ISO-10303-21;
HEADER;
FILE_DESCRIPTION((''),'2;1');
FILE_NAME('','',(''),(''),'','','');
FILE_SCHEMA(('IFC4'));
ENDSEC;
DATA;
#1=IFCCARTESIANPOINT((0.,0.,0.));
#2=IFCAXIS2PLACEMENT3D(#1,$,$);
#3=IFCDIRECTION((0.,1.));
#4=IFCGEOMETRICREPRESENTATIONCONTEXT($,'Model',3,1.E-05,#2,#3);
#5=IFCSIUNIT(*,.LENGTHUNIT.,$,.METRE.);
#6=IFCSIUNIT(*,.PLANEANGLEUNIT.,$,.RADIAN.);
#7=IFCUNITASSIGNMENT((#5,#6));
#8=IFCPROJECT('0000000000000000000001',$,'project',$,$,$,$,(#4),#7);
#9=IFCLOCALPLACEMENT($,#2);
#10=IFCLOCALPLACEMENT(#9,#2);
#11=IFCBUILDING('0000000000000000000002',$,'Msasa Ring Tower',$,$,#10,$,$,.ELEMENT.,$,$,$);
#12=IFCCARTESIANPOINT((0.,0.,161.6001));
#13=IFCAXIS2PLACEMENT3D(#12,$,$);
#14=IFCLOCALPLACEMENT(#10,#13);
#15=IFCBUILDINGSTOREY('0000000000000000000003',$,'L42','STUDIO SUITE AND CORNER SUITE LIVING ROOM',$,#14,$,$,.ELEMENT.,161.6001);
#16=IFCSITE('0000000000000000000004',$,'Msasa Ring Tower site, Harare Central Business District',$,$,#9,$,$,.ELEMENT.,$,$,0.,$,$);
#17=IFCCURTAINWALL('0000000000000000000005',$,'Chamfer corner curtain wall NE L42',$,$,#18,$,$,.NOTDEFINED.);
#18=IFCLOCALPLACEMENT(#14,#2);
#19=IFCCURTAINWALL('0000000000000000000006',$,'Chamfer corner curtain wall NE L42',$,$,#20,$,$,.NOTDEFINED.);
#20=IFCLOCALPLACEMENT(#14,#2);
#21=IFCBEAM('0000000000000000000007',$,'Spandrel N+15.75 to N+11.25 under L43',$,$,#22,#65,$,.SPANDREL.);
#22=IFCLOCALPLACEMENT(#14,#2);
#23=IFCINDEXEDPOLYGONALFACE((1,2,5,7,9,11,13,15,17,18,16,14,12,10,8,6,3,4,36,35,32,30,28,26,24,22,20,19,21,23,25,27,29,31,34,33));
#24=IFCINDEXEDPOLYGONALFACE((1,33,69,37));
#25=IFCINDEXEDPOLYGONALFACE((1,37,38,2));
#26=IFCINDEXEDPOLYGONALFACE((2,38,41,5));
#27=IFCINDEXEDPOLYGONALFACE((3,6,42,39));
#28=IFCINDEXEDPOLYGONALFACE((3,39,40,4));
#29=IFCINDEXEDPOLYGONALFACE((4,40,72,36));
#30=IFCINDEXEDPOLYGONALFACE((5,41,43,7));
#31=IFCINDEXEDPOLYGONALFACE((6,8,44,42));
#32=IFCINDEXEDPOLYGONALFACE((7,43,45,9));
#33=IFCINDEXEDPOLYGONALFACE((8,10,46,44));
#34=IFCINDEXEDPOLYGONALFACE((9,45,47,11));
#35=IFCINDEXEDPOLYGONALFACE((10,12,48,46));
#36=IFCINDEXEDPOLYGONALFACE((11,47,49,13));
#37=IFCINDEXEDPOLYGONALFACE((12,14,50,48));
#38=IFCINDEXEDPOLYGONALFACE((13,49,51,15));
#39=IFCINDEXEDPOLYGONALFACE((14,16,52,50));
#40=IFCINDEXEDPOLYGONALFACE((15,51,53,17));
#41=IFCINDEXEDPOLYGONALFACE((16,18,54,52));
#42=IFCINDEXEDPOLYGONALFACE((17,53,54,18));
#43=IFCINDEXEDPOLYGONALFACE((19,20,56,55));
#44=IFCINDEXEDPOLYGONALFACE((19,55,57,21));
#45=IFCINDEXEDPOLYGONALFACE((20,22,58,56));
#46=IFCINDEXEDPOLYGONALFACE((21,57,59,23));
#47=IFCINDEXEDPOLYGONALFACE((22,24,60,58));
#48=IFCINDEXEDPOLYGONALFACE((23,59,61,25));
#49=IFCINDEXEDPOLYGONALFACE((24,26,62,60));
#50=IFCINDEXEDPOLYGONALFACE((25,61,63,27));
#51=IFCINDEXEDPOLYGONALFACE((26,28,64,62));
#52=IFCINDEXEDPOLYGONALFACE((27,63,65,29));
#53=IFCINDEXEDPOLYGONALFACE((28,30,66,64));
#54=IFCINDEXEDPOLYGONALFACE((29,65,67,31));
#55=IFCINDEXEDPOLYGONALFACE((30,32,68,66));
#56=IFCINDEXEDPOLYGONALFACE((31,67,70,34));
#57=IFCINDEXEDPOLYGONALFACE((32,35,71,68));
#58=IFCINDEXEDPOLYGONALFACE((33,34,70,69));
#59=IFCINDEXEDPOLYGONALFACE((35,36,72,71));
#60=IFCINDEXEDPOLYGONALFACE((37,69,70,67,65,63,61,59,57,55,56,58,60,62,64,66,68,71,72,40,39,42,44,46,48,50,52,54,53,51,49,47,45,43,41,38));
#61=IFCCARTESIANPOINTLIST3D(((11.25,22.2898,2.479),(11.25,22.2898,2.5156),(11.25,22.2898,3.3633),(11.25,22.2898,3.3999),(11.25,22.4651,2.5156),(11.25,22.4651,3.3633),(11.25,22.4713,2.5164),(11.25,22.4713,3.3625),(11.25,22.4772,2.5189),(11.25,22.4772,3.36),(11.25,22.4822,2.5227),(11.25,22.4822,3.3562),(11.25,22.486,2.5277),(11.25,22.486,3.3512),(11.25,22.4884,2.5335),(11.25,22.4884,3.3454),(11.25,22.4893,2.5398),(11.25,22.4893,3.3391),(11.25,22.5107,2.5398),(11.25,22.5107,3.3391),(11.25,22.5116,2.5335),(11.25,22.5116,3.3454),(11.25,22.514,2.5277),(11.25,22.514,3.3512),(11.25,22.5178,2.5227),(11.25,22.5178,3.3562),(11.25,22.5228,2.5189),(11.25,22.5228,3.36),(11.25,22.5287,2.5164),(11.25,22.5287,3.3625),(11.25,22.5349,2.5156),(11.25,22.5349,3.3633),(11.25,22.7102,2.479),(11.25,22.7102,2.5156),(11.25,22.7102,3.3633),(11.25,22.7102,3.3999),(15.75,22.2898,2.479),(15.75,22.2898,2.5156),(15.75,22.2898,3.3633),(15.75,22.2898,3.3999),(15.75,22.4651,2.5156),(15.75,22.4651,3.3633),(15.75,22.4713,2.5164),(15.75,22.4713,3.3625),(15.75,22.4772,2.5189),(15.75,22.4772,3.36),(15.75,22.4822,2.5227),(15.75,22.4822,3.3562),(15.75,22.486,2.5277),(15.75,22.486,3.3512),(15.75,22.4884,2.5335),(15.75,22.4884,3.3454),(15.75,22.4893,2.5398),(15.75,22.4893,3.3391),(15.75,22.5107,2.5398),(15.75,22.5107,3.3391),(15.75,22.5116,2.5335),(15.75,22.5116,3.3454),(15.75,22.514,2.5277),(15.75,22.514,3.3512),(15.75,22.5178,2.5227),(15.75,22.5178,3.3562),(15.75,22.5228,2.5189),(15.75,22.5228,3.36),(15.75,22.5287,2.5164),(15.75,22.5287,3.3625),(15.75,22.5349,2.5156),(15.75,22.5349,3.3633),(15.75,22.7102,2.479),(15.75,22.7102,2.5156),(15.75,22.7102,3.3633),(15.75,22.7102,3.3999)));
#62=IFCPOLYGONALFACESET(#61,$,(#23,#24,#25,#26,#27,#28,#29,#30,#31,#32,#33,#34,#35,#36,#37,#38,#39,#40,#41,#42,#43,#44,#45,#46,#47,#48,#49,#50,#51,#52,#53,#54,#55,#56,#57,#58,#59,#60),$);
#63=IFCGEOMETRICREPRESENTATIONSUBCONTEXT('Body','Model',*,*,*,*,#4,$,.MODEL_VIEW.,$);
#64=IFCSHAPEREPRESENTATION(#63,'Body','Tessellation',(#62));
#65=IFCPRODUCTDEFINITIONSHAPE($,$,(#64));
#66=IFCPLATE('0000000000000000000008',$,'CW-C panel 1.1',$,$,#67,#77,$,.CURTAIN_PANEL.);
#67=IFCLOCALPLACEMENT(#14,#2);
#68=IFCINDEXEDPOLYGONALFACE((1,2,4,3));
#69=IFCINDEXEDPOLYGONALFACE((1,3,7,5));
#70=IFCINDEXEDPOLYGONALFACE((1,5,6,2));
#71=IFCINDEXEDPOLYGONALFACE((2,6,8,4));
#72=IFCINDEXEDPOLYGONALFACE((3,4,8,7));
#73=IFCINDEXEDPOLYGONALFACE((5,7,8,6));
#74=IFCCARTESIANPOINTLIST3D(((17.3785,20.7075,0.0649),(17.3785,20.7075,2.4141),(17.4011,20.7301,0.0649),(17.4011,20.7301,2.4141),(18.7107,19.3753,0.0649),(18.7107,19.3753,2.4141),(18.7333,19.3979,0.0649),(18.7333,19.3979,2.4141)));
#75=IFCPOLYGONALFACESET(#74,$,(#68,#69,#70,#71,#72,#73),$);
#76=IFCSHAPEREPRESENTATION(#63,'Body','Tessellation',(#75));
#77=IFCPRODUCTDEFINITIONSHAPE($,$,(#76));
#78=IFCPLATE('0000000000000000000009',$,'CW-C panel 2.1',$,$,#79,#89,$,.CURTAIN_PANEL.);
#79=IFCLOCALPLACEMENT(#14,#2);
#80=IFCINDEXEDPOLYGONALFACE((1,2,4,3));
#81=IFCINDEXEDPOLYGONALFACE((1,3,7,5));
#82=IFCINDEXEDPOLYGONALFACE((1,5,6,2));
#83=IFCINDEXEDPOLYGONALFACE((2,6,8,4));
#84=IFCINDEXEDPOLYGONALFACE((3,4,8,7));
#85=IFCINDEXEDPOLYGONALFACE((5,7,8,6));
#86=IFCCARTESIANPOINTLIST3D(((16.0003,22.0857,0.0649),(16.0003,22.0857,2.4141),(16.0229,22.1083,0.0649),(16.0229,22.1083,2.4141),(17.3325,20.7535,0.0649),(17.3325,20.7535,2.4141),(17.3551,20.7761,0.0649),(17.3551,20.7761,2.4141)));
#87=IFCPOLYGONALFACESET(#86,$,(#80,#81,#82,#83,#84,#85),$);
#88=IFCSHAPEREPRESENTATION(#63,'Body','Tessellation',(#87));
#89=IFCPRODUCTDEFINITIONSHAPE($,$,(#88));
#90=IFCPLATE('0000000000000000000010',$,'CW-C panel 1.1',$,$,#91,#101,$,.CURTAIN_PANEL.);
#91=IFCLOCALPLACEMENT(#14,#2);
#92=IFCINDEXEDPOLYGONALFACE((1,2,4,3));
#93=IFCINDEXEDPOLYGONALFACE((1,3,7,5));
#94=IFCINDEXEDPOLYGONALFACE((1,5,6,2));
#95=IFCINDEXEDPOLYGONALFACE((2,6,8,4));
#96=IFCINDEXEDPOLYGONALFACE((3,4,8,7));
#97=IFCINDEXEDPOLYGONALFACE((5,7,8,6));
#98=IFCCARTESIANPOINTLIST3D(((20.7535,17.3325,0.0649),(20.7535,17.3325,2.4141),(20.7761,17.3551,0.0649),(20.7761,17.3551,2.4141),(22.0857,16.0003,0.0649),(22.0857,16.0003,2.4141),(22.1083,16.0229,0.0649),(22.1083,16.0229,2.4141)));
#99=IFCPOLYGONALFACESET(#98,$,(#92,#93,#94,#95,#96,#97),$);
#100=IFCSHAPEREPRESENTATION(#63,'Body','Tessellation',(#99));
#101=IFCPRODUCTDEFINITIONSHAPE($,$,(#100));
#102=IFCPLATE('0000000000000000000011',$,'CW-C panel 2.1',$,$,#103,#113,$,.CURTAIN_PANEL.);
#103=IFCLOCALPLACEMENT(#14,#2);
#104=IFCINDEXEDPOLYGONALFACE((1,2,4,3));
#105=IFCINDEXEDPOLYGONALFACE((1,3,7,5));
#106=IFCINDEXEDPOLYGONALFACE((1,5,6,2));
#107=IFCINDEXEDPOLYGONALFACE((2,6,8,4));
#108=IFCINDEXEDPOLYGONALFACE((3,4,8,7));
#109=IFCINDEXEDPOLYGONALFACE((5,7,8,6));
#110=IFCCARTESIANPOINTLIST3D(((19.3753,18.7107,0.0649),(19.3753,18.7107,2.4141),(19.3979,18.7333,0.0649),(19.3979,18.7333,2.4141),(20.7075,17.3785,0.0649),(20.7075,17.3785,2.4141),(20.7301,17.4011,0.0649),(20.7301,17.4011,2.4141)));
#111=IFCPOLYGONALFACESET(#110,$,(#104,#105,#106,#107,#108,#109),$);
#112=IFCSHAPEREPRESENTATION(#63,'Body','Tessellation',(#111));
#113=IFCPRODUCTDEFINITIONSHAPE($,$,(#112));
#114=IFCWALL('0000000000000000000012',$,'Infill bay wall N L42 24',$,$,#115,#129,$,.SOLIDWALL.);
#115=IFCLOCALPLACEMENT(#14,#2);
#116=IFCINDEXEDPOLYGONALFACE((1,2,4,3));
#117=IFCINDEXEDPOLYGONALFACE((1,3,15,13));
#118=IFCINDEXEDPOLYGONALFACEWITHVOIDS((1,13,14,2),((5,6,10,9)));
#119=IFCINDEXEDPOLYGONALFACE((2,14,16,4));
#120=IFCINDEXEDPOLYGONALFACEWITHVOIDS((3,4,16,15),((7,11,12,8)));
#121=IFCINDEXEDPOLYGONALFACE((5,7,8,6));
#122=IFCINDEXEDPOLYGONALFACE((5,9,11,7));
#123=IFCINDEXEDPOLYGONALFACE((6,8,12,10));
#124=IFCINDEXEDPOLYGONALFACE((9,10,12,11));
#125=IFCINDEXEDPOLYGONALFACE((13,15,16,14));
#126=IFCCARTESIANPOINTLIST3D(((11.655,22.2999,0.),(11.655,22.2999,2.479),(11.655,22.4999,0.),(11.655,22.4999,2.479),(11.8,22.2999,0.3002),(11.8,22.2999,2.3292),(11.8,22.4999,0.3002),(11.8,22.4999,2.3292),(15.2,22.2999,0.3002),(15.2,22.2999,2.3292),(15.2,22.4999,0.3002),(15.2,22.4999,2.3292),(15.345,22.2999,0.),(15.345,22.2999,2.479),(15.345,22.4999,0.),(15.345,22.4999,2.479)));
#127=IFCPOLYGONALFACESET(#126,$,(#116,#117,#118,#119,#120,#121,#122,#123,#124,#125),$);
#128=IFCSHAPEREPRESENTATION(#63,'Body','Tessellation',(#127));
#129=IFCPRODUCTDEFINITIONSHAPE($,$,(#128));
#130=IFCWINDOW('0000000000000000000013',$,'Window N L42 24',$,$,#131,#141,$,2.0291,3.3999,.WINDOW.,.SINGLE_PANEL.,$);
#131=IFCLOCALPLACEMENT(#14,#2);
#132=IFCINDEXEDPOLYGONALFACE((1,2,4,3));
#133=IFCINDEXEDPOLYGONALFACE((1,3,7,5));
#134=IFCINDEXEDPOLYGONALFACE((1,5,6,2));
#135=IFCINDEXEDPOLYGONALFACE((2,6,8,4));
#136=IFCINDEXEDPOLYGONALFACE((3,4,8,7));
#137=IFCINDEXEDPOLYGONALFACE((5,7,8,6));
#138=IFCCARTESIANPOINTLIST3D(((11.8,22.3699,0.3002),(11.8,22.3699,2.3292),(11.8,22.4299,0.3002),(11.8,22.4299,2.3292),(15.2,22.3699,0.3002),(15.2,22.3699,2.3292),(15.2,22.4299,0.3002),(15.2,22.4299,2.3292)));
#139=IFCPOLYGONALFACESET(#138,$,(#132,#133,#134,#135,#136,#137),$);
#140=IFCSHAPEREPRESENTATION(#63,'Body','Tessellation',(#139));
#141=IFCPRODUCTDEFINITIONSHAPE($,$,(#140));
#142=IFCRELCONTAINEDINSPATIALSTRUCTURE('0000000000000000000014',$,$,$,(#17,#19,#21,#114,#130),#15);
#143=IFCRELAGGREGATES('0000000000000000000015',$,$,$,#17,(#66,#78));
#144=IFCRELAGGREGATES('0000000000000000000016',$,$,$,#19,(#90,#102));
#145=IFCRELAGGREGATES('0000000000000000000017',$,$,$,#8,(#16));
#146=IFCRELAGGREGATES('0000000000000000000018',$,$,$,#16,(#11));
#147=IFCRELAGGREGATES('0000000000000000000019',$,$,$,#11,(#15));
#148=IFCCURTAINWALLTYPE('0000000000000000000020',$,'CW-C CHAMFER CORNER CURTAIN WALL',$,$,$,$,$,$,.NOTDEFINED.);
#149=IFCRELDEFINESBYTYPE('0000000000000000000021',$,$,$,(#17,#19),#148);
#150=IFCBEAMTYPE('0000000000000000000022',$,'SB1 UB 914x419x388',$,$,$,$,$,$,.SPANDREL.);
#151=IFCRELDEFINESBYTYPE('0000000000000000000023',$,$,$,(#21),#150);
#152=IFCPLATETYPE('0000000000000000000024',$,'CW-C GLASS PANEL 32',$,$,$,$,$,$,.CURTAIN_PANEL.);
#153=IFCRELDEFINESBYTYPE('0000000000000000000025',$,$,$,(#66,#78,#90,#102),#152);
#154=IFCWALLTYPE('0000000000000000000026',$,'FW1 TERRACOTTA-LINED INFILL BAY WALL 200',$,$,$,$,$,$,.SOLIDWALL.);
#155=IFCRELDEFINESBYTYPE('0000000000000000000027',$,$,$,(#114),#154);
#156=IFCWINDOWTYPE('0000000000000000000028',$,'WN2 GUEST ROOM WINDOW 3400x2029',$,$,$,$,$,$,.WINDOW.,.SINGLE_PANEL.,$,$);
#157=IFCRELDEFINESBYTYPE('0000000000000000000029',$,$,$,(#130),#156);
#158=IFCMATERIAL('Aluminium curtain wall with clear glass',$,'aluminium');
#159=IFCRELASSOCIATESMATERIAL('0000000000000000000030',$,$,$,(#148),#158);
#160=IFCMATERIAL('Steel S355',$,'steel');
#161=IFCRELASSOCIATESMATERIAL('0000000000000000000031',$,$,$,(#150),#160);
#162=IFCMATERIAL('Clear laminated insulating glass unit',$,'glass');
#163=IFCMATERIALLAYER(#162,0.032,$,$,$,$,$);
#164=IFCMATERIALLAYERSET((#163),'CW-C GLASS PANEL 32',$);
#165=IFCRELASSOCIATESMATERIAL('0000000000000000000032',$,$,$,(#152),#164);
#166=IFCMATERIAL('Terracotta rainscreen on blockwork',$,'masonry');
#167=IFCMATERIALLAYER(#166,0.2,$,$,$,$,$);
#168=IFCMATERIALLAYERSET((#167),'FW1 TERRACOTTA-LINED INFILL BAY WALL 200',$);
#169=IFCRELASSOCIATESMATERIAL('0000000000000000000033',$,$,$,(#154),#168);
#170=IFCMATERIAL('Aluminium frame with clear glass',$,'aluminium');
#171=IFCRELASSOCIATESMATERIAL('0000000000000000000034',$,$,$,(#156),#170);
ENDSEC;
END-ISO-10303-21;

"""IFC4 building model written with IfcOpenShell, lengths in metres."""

from ifc_helpers import new_model, si_unit, direction, frame, frame_2d, origin, origin_2d, place, context, subcontext, project, spatial, rectangle, i_section, extrude, material, layer, layer_set, material_profile, profile_set, type_object, element, fill, aggregate, save


model = new_model("IFC4")

# Units and contexts
model_context = context("Model", 3, precision=1e-05, world=origin(), true_north=direction((0.0, 1.0)))
body_context = subcontext(model_context, "Body", "Model", "MODEL_VIEW")
ifc_project = project(units=[si_unit("LENGTHUNIT", "METRE"), si_unit("PLANEANGLEUNIT", "RADIAN")], contexts=[model_context])

# Site, building, storey
site_placement = place(None, origin())
site = spatial("IfcSite", under=ifc_project, at=site_placement, Name="Msasa Ring Tower site, Harare Central Business District", CompositionType="ELEMENT", RefElevation=0.0)
building_placement = place(site_placement, origin())
building = spatial("IfcBuilding", under=site, at=building_placement, Name="Msasa Ring Tower", CompositionType="ELEMENT")
storey_placement = place(building_placement, frame((0.0, 0.0, 161.6001)))
storey = spatial("IfcBuildingStorey", under=building, at=storey_placement, Name="L42", Description="STUDIO SUITE AND CORNER SUITE LIVING ROOM", CompositionType="ELEMENT", Elevation=161.6001)

# Curtain walls
ifc_material_1 = material(Name="Aluminium curtain wall with clear glass", Category="aluminium")
curtain_wall_type = type_object("IfcCurtainWallType", Name="CW-C CHAMFER CORNER CURTAIN WALL", PredefinedType="NOTDEFINED", material=ifc_material_1)
curtain_wall_1_placement = place(storey_placement, origin())
curtain_wall_1 = element("IfcCurtainWall", 1, at=curtain_wall_1_placement, inside=storey, type_object=curtain_wall_type, Name="Chamfer corner curtain wall NE L42", PredefinedType="NOTDEFINED")
curtain_wall_2_placement = place(storey_placement, origin())
curtain_wall_2 = element("IfcCurtainWall", 2, at=curtain_wall_2_placement, inside=storey, type_object=curtain_wall_type, Name="Chamfer corner curtain wall NE L42", PredefinedType="NOTDEFINED")

# Beam
ifc_material_2 = material(Name="Steel S355", Category="steel")
ifc_material_profile_1 = material_profile(ifc_material_2, i_section(OverallWidth=0.4204, OverallDepth=0.9209, WebThickness=0.0215, FlangeThickness=0.0366, FilletRadius=0.0242, at=origin_2d()), Name="UB 914x419x388")
ifc_profile_set_1 = profile_set([ifc_material_profile_1], Name="Steel S355")
beam_type_1 = type_object("IfcBeamType", Name="SB1 UB 914x419x388", PredefinedType="SPANDREL", material=ifc_profile_set_1)
beam_1_placement = place(storey_placement, frame((15.75, 22.5, 2.9395), z_axis=(-1.0, 0.0, 0.0), x_axis=(0.0, -1.0, 0.0)))
element("IfcBeam", 3, at=beam_1_placement, inside=storey, type_object=beam_type_1, Name="Spandrel N+15.75 to N+11.25 under L43", PredefinedType="SPANDREL", context=body_context, shape_type="SweptSolid", body=[
    extrude(i_section(OverallWidth=0.4204, OverallDepth=0.9209, WebThickness=0.0215, FlangeThickness=0.0366, FilletRadius=0.0242, at=origin_2d()), origin(), (0.0, 0.0, 1.0), 4.5),
])

# Plates
ifc_material_3 = material(Name="Clear laminated insulating glass unit", Category="glass")
ifc_layer_1 = layer(ifc_material_3, 0.032)
ifc_layer_set_1 = layer_set([ifc_layer_1], Name="CW-C GLASS PANEL 32")
plate_type = type_object("IfcPlateType", Name="CW-C GLASS PANEL 32", PredefinedType="CURTAIN_PANEL", material=ifc_layer_set_1)
plate_1_placement = place(storey_placement, frame((18.0559, 20.0527, 0.0649), z_axis=(0.0, 0.0, 1.0), x_axis=(-0.707107, 0.707107, 0.0)))
plate_1 = element("IfcPlate", 4, at=plate_1_placement, type_object=plate_type, Name="CW-C panel 1.1", PredefinedType="CURTAIN_PANEL", context=body_context, shape_type="SweptSolid", body=[
    extrude(rectangle(XDim=1.884, YDim=0.032, at=origin_2d()), origin(), (0.0, 0.0, 1.0), 2.3491),
])
plate_2_placement = place(storey_placement, frame((16.6777, 21.4309, 0.0649), z_axis=(0.0, 0.0, 1.0), x_axis=(-0.707107, 0.707107, 0.0)))
plate_2 = element("IfcPlate", 5, at=plate_2_placement, type_object=plate_type, Name="CW-C panel 2.1", PredefinedType="CURTAIN_PANEL", context=body_context, shape_type="SweptSolid", body=[
    extrude(rectangle(XDim=1.884, YDim=0.032, at=origin_2d()), origin(), (0.0, 0.0, 1.0), 2.3491),
])
aggregate(curtain_wall_1, [plate_1, plate_2])
plate_3_placement = place(storey_placement, frame((21.4309, 16.6777, 0.0649), z_axis=(0.0, 0.0, 1.0), x_axis=(-0.707107, 0.707107, 0.0)))
plate_3 = element("IfcPlate", 6, at=plate_3_placement, type_object=plate_type, Name="CW-C panel 1.1", PredefinedType="CURTAIN_PANEL", context=body_context, shape_type="SweptSolid", body=[
    extrude(rectangle(XDim=1.884, YDim=0.032, at=origin_2d()), origin(), (0.0, 0.0, 1.0), 2.3491),
])
plate_4_placement = place(storey_placement, frame((20.0527, 18.0559, 0.0649), z_axis=(0.0, 0.0, 1.0), x_axis=(-0.707107, 0.707107, 0.0)))
plate_4 = element("IfcPlate", 7, at=plate_4_placement, type_object=plate_type, Name="CW-C panel 2.1", PredefinedType="CURTAIN_PANEL", context=body_context, shape_type="SweptSolid", body=[
    extrude(rectangle(XDim=1.884, YDim=0.032, at=origin_2d()), origin(), (0.0, 0.0, 1.0), 2.3491),
])
aggregate(curtain_wall_2, [plate_3, plate_4])

# Wall, opening, window
ifc_material_4 = material(Name="Terracotta rainscreen on blockwork", Category="masonry")
ifc_layer_2 = layer(ifc_material_4, 0.2)
ifc_layer_set_2 = layer_set([ifc_layer_2], Name="FW1 TERRACOTTA-LINED INFILL BAY WALL 200")
wall_type = type_object("IfcWallType", Name="FW1 TERRACOTTA-LINED INFILL BAY WALL 200", PredefinedType="SOLIDWALL", material=ifc_layer_set_2)
wall_placement = place(storey_placement, frame((11.655, 22.3999, 0.0), z_axis=(0.0, 0.0, 1.0), x_axis=(1.0, 0.0, 0.0)))
wall = element("IfcWall", 8, at=wall_placement, inside=storey, type_object=wall_type, Name="Infill bay wall N L42 24", PredefinedType="SOLIDWALL", context=body_context, shape_type="SweptSolid", body=[
    extrude(rectangle(XDim=3.6899, YDim=0.2, at=frame_2d((1.845, 0.0))), origin(), (0.0, 0.0, 1.0), 2.479),
])
opening_placement = place(wall_placement, frame((0.145, 0.0, 0.3)))
opening = element("IfcOpeningElement", 9, at=opening_placement, cuts=wall, PredefinedType="OPENING", context=body_context, shape_type="SweptSolid", body=[
    extrude(rectangle(XDim=3.3999, YDim=2.0291, at=frame_2d((1.7, 1.0146))), frame((0.0, 0.1099, 0.0), z_axis=(0.0, -1.0, 0.0), x_axis=(1.0, 0.0, 0.0)), (0.0, 0.0, 1.0), 0.22),
])
ifc_material_5 = material(Name="Aluminium frame with clear glass", Category="aluminium")
window_type = type_object("IfcWindowType", Name="WN2 GUEST ROOM WINDOW 3400x2029", PartitioningType="SINGLE_PANEL", PredefinedType="WINDOW", material=ifc_material_5)
window_placement = place(opening_placement, origin())
window = element("IfcWindow", 10, at=window_placement, inside=storey, type_object=window_type, Name="Window N L42 24", OverallHeight=2.0291, OverallWidth=3.3999, PartitioningType="SINGLE_PANEL", PredefinedType="WINDOW", context=body_context, shape_type="SweptSolid", body=[
    extrude(rectangle(XDim=3.3999, YDim=2.0291, at=frame_2d((1.7, 1.0146))), frame((0.0, 0.03, 0.0), z_axis=(0.0, -1.0, 0.0), x_axis=(1.0, 0.0, 0.0)), (0.0, 0.0, 1.0), 0.0601),
])
fill(opening, window)

save(model, "model.ifc")
